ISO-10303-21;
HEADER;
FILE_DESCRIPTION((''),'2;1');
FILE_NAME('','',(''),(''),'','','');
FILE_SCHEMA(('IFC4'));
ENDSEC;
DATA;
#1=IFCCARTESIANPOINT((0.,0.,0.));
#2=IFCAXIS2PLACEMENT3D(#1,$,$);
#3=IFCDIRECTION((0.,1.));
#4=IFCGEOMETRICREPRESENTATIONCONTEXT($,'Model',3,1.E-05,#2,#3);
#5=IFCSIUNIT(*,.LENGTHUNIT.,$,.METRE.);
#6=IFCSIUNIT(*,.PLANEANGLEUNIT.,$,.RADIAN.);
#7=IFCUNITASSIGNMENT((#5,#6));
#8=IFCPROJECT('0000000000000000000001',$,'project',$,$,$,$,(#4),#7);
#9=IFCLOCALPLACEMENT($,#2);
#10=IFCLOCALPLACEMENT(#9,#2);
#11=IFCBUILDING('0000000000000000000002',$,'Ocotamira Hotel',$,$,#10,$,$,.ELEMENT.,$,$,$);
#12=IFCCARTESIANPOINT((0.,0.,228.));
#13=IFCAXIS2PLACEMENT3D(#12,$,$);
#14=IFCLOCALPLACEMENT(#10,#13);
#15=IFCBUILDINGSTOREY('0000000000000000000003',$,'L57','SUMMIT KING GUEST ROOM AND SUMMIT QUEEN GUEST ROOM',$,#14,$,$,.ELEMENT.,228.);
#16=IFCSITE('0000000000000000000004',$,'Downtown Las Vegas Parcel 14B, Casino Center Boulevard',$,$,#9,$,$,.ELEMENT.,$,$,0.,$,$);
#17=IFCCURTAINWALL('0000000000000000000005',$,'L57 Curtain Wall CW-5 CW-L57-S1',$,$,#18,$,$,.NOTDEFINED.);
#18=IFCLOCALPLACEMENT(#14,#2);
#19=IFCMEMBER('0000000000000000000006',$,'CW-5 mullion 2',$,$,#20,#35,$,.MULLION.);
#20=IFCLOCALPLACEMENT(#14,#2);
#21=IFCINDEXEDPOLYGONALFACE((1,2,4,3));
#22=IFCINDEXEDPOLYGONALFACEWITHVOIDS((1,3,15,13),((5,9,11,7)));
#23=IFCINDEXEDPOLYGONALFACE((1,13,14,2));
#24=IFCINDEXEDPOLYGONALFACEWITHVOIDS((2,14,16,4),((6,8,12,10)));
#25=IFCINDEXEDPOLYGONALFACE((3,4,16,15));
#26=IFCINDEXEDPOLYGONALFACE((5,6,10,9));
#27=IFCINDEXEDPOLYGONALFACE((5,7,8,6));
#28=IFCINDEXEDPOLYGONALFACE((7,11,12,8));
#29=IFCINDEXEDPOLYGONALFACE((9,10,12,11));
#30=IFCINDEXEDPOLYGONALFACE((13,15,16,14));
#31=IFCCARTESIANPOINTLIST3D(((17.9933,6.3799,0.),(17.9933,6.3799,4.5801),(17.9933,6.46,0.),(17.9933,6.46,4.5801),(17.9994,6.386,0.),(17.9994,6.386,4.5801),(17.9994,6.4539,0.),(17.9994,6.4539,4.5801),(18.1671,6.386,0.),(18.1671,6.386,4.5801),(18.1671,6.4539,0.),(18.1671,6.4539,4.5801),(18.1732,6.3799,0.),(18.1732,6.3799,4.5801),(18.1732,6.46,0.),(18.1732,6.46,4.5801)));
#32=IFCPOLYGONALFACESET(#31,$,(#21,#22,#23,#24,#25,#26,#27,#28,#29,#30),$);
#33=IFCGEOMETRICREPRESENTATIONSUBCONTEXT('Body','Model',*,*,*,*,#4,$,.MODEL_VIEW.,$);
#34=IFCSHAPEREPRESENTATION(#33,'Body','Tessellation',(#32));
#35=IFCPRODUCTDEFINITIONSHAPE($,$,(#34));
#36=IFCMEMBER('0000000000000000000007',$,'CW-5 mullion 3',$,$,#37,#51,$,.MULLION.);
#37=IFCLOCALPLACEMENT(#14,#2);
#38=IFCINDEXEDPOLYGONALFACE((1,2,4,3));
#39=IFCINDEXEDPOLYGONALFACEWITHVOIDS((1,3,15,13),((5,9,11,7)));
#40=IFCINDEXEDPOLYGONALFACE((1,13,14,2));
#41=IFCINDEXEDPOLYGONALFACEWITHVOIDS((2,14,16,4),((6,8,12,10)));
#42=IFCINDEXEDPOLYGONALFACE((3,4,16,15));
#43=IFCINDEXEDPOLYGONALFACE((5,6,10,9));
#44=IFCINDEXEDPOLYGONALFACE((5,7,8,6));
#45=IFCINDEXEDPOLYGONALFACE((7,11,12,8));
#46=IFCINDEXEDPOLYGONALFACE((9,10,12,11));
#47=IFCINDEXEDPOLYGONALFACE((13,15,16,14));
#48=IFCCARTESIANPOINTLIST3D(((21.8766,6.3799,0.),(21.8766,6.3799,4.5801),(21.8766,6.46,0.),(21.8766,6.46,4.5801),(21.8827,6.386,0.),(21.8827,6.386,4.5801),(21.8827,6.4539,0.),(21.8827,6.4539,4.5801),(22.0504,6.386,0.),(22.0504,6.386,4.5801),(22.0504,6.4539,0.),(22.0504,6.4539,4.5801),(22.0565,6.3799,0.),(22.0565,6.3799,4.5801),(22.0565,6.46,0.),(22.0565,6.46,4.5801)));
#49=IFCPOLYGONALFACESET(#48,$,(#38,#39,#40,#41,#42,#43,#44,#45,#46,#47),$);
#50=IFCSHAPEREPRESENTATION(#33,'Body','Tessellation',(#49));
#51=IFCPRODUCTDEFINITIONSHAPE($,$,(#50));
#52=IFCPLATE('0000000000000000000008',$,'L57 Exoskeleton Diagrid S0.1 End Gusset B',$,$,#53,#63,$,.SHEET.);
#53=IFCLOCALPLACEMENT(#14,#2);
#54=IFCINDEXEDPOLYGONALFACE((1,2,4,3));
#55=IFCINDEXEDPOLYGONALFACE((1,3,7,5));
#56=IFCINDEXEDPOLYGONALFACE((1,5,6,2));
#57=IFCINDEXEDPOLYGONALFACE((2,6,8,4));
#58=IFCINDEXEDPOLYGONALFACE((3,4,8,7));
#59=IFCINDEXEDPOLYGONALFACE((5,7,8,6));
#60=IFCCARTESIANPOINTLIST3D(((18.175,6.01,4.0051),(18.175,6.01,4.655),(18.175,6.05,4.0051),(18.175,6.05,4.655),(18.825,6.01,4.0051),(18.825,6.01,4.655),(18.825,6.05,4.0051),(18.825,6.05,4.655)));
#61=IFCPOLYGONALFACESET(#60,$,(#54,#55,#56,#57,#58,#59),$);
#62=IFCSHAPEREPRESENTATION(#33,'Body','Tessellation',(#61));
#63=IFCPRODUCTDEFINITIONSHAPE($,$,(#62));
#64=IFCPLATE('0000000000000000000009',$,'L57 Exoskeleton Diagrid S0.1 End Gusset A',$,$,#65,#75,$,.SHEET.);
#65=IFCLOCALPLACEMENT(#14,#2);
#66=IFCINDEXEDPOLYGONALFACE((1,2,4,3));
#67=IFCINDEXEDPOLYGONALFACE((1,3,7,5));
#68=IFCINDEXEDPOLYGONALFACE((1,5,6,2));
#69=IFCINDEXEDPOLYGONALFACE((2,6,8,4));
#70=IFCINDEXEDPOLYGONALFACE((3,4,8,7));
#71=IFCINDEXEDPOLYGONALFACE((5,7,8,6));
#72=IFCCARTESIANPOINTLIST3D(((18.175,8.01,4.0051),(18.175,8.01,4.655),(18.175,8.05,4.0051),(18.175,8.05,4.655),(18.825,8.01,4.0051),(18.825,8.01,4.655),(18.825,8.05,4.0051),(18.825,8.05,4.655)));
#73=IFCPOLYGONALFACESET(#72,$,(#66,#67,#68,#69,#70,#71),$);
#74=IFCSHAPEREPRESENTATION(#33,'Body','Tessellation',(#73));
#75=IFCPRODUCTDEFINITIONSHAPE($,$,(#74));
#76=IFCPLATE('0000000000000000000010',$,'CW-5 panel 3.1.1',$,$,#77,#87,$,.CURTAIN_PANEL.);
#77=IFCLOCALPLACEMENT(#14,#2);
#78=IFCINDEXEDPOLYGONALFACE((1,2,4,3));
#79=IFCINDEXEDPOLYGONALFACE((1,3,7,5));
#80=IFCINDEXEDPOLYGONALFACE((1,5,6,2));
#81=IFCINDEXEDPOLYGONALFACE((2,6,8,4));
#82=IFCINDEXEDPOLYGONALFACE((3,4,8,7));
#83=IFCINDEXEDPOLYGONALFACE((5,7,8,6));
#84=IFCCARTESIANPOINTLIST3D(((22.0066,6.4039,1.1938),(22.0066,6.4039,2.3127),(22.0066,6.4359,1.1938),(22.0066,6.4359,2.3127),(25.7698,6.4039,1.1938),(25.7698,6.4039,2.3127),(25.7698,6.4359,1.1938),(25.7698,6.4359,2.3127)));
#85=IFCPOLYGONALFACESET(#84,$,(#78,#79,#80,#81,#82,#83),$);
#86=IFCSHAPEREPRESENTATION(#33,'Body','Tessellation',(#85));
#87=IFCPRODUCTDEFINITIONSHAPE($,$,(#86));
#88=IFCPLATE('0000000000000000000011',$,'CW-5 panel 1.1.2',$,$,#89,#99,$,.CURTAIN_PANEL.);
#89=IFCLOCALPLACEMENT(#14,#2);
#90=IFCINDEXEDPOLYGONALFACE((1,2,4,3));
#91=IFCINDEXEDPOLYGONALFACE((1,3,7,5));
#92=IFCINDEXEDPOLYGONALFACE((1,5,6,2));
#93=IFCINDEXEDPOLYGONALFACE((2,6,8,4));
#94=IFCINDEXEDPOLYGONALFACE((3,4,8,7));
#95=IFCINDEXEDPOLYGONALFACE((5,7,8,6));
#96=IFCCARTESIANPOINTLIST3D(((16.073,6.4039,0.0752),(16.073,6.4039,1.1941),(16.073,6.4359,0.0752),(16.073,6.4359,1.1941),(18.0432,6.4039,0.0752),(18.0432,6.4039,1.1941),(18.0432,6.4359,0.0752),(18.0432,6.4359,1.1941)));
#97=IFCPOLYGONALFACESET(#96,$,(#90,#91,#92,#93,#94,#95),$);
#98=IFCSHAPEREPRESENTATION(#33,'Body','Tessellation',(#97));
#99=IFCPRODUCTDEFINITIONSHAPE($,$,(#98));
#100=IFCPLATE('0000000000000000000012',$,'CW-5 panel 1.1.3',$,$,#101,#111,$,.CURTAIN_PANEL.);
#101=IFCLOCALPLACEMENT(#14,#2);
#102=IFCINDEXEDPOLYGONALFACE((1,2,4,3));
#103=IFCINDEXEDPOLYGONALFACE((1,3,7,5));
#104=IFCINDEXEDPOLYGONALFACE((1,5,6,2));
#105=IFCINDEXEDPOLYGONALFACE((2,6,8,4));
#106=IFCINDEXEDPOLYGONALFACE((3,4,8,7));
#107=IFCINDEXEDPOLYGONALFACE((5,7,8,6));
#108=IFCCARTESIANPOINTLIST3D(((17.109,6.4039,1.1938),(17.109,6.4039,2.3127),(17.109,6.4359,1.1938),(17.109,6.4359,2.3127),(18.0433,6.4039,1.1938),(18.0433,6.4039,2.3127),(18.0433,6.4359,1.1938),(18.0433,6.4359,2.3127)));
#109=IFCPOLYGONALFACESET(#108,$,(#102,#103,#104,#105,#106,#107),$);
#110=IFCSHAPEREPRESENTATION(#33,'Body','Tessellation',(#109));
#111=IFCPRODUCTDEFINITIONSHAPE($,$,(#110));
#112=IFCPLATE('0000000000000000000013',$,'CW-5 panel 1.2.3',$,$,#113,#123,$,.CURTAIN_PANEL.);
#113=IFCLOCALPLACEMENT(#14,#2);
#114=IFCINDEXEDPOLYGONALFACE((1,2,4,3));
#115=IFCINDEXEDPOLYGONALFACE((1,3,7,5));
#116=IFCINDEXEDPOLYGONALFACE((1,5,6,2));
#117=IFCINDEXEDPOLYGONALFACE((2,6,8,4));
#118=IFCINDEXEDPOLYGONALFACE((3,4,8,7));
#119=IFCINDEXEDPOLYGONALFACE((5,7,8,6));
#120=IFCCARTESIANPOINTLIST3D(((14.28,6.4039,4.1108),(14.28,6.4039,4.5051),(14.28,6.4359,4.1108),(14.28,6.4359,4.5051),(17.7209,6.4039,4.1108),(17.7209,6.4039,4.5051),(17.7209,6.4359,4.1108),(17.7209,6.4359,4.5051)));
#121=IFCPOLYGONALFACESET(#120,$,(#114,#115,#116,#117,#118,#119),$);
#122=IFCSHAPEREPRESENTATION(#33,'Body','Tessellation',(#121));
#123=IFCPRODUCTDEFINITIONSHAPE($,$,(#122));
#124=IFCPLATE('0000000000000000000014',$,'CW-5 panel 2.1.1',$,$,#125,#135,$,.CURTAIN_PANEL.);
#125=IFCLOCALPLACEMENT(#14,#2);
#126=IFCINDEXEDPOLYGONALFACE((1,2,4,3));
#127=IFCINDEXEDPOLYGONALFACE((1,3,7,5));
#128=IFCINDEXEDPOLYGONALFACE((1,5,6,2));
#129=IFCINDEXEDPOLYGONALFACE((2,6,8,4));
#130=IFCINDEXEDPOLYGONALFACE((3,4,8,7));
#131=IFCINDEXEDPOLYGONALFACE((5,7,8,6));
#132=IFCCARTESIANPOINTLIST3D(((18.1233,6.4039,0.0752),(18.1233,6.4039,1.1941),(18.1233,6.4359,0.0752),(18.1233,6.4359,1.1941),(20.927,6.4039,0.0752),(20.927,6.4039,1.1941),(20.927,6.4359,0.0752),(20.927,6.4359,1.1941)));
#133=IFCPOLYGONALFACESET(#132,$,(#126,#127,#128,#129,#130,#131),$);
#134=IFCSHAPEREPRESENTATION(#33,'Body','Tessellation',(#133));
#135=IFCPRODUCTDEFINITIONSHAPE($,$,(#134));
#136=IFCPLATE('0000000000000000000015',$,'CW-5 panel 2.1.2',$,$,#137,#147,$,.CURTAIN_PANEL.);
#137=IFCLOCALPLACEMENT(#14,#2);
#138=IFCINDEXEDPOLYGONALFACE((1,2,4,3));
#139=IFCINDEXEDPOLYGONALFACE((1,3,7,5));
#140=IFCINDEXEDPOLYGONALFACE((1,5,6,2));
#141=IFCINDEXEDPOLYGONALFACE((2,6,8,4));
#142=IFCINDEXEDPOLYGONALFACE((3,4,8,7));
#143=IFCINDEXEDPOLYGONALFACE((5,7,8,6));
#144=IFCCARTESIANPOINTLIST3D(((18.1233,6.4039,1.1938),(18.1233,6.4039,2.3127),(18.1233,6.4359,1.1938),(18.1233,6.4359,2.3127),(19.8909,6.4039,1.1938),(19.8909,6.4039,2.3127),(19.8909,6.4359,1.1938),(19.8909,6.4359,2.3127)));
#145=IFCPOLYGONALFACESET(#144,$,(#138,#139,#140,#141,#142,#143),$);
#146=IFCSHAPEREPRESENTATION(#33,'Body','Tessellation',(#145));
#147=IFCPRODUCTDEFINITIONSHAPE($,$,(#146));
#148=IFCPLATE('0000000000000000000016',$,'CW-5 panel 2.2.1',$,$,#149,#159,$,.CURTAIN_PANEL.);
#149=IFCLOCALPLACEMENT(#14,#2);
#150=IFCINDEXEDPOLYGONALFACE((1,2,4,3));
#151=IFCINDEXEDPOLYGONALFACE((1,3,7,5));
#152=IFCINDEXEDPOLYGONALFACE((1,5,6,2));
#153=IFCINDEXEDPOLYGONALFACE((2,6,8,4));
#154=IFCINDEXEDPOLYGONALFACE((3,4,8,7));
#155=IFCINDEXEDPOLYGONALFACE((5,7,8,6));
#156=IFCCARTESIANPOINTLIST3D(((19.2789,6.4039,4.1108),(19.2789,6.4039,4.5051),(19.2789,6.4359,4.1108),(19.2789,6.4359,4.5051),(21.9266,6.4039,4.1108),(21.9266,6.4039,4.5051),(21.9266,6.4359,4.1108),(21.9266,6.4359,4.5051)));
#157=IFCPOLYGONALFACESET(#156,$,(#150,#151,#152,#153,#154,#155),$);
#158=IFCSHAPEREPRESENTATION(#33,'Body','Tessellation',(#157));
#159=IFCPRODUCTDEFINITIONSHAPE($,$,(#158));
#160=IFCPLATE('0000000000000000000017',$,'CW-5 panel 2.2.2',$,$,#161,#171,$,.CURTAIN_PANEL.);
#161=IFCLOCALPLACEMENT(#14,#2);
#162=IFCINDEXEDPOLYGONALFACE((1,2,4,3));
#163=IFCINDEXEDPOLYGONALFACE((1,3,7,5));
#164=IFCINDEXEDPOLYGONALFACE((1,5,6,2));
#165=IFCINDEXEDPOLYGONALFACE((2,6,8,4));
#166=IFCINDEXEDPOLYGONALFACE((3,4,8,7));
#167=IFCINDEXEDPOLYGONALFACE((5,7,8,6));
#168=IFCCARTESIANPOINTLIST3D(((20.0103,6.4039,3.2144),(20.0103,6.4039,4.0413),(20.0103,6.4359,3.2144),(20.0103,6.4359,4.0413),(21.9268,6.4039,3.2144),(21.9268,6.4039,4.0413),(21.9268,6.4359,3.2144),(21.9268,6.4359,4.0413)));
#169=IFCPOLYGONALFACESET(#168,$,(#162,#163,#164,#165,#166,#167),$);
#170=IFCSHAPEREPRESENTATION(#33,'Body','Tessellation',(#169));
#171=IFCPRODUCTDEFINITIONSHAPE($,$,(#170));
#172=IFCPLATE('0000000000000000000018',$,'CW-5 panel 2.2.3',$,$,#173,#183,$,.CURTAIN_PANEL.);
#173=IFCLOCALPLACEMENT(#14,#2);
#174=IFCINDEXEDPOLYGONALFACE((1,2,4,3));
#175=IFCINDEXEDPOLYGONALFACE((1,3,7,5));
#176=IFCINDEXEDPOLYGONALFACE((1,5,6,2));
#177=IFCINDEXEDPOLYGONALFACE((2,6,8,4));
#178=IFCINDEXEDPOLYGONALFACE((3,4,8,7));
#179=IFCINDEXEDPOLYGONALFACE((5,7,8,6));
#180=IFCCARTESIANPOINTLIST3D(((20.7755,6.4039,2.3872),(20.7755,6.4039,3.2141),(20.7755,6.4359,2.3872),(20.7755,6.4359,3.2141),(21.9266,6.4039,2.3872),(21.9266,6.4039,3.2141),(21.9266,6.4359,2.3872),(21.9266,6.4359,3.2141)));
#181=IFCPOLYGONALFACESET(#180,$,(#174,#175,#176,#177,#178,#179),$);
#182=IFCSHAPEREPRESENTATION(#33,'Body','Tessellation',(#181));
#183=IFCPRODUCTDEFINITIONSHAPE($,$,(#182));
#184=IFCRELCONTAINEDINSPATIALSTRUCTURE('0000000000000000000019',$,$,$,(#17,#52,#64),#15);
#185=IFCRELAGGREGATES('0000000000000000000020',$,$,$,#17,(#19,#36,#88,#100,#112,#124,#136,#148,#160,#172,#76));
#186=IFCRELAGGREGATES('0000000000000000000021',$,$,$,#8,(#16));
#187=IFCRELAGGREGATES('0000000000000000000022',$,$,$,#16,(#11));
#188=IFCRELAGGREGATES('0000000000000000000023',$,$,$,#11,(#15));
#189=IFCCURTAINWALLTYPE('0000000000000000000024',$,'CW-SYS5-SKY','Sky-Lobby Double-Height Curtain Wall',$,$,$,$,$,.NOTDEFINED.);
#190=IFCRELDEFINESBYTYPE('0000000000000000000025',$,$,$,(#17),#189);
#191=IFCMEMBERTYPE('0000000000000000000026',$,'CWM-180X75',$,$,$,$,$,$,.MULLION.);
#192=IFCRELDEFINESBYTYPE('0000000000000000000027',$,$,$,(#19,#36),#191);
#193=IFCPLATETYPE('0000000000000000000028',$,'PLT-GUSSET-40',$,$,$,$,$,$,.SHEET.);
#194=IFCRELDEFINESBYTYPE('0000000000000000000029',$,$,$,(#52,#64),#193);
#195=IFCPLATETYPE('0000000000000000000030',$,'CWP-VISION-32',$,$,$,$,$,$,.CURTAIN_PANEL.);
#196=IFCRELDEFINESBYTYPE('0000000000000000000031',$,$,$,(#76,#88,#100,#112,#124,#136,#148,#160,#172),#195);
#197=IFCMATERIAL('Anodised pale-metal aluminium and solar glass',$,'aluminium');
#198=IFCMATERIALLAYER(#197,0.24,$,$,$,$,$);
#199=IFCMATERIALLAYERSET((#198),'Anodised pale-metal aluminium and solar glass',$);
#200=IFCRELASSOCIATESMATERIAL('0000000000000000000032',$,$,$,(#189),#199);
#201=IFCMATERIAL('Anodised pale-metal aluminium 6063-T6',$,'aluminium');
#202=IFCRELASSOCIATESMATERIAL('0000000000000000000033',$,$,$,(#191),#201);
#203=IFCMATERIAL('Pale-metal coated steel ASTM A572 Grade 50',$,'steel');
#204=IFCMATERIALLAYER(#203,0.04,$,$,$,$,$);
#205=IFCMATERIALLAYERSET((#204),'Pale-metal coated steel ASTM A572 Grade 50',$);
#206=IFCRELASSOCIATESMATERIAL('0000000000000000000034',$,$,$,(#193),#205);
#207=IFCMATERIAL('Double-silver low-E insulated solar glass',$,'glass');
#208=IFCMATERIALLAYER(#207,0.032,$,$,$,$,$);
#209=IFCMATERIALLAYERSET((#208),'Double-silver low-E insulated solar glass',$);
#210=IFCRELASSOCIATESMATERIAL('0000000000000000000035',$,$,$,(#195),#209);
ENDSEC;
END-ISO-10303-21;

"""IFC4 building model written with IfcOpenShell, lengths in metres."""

from ifc_helpers import new_model, si_unit, direction, frame, origin, origin_2d, place, context, subcontext, project, spatial, rectangle, hollow_rectangle, extrude, source, transform, mapped, material, layer, layer_set, material_profile, profile_set, type_object, element, aggregate, save


model = new_model("IFC4")

# Units and contexts
model_context = context("Model", 3, precision=1e-05, world=origin(), true_north=direction((0.0, 1.0)))
body_context = subcontext(model_context, "Body", "Model", "MODEL_VIEW")
ifc_project = project(units=[si_unit("LENGTHUNIT", "METRE"), si_unit("PLANEANGLEUNIT", "RADIAN")], contexts=[model_context])

# Site, building, storey
site_placement = place(None, origin())
site = spatial("IfcSite", under=ifc_project, at=site_placement, Name="Downtown Las Vegas Parcel 14B, Casino Center Boulevard", CompositionType="ELEMENT", RefElevation=0.0)
building_placement = place(site_placement, origin())
building = spatial("IfcBuilding", under=site, at=building_placement, Name="Ocotamira Hotel", CompositionType="ELEMENT")
storey_placement = place(building_placement, frame((0.0, 0.0, 228.0)))
storey = spatial("IfcBuildingStorey", under=building, at=storey_placement, Name="L57", Description="SUMMIT KING GUEST ROOM AND SUMMIT QUEEN GUEST ROOM", CompositionType="ELEMENT", Elevation=228.0)

# Curtain wall, members
ifc_material_1 = material(Name="Anodised pale-metal aluminium and solar glass", Category="aluminium")
ifc_layer_1 = layer(ifc_material_1, 0.24)
ifc_layer_set_1 = layer_set([ifc_layer_1], Name="Anodised pale-metal aluminium and solar glass")
curtain_wall_type = type_object("IfcCurtainWallType", Name="CW-SYS5-SKY", Description="Sky-Lobby Double-Height Curtain Wall", PredefinedType="NOTDEFINED", material=ifc_layer_set_1)
curtain_wall_placement = place(storey_placement, origin())
curtain_wall = element("IfcCurtainWall", 1, at=curtain_wall_placement, inside=storey, type_object=curtain_wall_type, Name="L57 Curtain Wall CW-5 CW-L57-S1", PredefinedType="NOTDEFINED")
ifc_material_2 = material(Name="Anodised pale-metal aluminium 6063-T6", Category="aluminium")
ifc_material_profile_1 = material_profile(ifc_material_2, hollow_rectangle(XDim=0.0801, YDim=0.1799, WallThickness=0.0061, at=origin_2d()), Name="HSS180X80X6")
ifc_profile_set_1 = profile_set([ifc_material_profile_1], Name="Anodised pale-metal aluminium 6063-T6")
member_type_1 = type_object("IfcMemberType", Name="CWM-180X75", PredefinedType="MULLION", material=ifc_profile_set_1)
shared_shape_1 = source(origin(), body_context, "Body", "SweptSolid", [
    extrude(hollow_rectangle(XDim=0.0801, YDim=0.1799, WallThickness=0.0061, at=origin_2d()), origin(), (0.0, 0.0, 1.0), 4.5801),
])
member_1_placement = place(storey_placement, frame((18.0833, 6.4199, 0.0), z_axis=(0.0, 0.0, 1.0), x_axis=(0.0, 1.0, 0.0)))
member_1 = element("IfcMember", 2, at=member_1_placement, type_object=member_type_1, Name="CW-5 mullion 2", PredefinedType="MULLION", context=body_context, shape_type="MappedRepresentation", body=[
    mapped(shared_shape_1, transform((0.0, 0.0, 0.0), scale=1.0)),
])
member_2_placement = place(storey_placement, frame((21.9666, 6.4199, 0.0), z_axis=(0.0, 0.0, 1.0), x_axis=(0.0, 1.0, 0.0)))
member_2 = element("IfcMember", 3, at=member_2_placement, type_object=member_type_1, Name="CW-5 mullion 3", PredefinedType="MULLION", context=body_context, shape_type="MappedRepresentation", body=[
    mapped(shared_shape_1, transform((0.0, 0.0, 0.0), scale=1.0)),
])

# Plates
ifc_material_3 = material(Name="Pale-metal coated steel ASTM A572 Grade 50", Category="steel")
ifc_layer_2 = layer(ifc_material_3, 0.04)
ifc_layer_set_2 = layer_set([ifc_layer_2], Name="Pale-metal coated steel ASTM A572 Grade 50")
plate_type_1 = type_object("IfcPlateType", Name="PLT-GUSSET-40", PredefinedType="SHEET", material=ifc_layer_set_2)
shared_shape_2 = source(origin(), body_context, "Body", "SweptSolid", [
    extrude(rectangle(XDim=0.6499, YDim=0.04, at=origin_2d()), origin(), (0.0, 0.0, 1.0), 0.6499),
])
for number, where, z_axis, x_axis, name in (
    (4, (18.5, 6.03, 4.0051), (0.0, 0.0, 1.0), (1.0, 0.0, 0.0), "L57 Exoskeleton Diagrid S0.1 End Gusset B"),
    (5, (18.5, 8.03, 4.0051), (0.0, 0.0, 1.0), (-1.0, 0.0, 0.0), "L57 Exoskeleton Diagrid S0.1 End Gusset A"),
):
    element("IfcPlate", number, at=place(storey_placement, frame(where, z_axis=z_axis, x_axis=x_axis)), inside=storey, type_object=plate_type_1, Name=name, PredefinedType="SHEET", context=body_context, shape_type="MappedRepresentation", body=[
        mapped(shared_shape_2, transform((0.0, 0.0, 0.0), scale=1.0)),
    ])

# Plates
ifc_material_4 = material(Name="Double-silver low-E insulated solar glass", Category="glass")
ifc_layer_3 = layer(ifc_material_4, 0.032)
ifc_layer_set_3 = layer_set([ifc_layer_3], Name="Double-silver low-E insulated solar glass")
plate_type_2 = type_object("IfcPlateType", Name="CWP-VISION-32", PredefinedType="CURTAIN_PANEL", material=ifc_layer_set_3)
shared_shape_3 = source(origin(), body_context, "Body", "SweptSolid", [
    extrude(rectangle(XDim=3.7632, YDim=0.032, at=origin_2d()), origin(), (0.0, 0.0, 1.0), 1.1189),
])
plate_1_placement = place(storey_placement, frame((23.8882, 6.4199, 1.1938), z_axis=(0.0, 0.0, 1.0), x_axis=(1.0, 0.0, 0.0)))
plate_1 = element("IfcPlate", 6, at=plate_1_placement, type_object=plate_type_2, Name="CW-5 panel 3.1.1", PredefinedType="CURTAIN_PANEL", context=body_context, shape_type="MappedRepresentation", body=[
    mapped(shared_shape_3, transform((0.0, 0.0, 0.0), scale=1.0)),
])
shared_shape_4 = source(origin(), body_context, "Body", "SweptSolid", [
    extrude(rectangle(XDim=1.9702, YDim=0.032, at=origin_2d()), origin(), (0.0, 0.0, 1.0), 1.1189),
])
plate_2_placement = place(storey_placement, frame((17.0581, 6.4199, 0.0752), z_axis=(0.0, 0.0, 1.0), x_axis=(1.0, 0.0, 0.0)))
plate_2 = element("IfcPlate", 7, at=plate_2_placement, type_object=plate_type_2, Name="CW-5 panel 1.1.2", PredefinedType="CURTAIN_PANEL", context=body_context, shape_type="MappedRepresentation", body=[
    mapped(shared_shape_4, transform((0.0, 0.0, 0.0), scale=1.0)),
])
shared_shape_5 = source(origin(), body_context, "Body", "SweptSolid", [
    extrude(rectangle(XDim=0.9343, YDim=0.032, at=origin_2d()), origin(), (0.0, 0.0, 1.0), 1.1189),
])
plate_3_placement = place(storey_placement, frame((17.5762, 6.4199, 1.1938), z_axis=(0.0, 0.0, 1.0), x_axis=(1.0, 0.0, 0.0)))
plate_3 = element("IfcPlate", 8, at=plate_3_placement, type_object=plate_type_2, Name="CW-5 panel 1.1.3", PredefinedType="CURTAIN_PANEL", context=body_context, shape_type="MappedRepresentation", body=[
    mapped(shared_shape_5, transform((0.0, 0.0, 0.0), scale=1.0)),
])
shared_shape_6 = source(origin(), body_context, "Body", "SweptSolid", [
    extrude(rectangle(XDim=3.4409, YDim=0.032, at=origin_2d()), origin(), (0.0, 0.0, 1.0), 0.3943),
])
plate_4_placement = place(storey_placement, frame((16.0005, 6.4199, 4.1108), z_axis=(0.0, 0.0, 1.0), x_axis=(1.0, 0.0, 0.0)))
plate_4 = element("IfcPlate", 9, at=plate_4_placement, type_object=plate_type_2, Name="CW-5 panel 1.2.3", PredefinedType="CURTAIN_PANEL", context=body_context, shape_type="MappedRepresentation", body=[
    mapped(shared_shape_6, transform((0.0, 0.0, 0.0), scale=1.0)),
])
shared_shape_7 = source(origin(), body_context, "Body", "SweptSolid", [
    extrude(rectangle(XDim=2.8037, YDim=0.032, at=origin_2d()), origin(), (0.0, 0.0, 1.0), 1.1189),
])
plate_5_placement = place(storey_placement, frame((19.5251, 6.4199, 0.0752), z_axis=(0.0, 0.0, 1.0), x_axis=(1.0, 0.0, 0.0)))
plate_5 = element("IfcPlate", 10, at=plate_5_placement, type_object=plate_type_2, Name="CW-5 panel 2.1.1", PredefinedType="CURTAIN_PANEL", context=body_context, shape_type="MappedRepresentation", body=[
    mapped(shared_shape_7, transform((0.0, 0.0, 0.0), scale=1.0)),
])
shared_shape_8 = source(origin(), body_context, "Body", "SweptSolid", [
    extrude(rectangle(XDim=1.7676, YDim=0.032, at=origin_2d()), origin(), (0.0, 0.0, 1.0), 1.1189),
])
plate_6_placement = place(storey_placement, frame((19.0071, 6.4199, 1.1938), z_axis=(0.0, 0.0, 1.0), x_axis=(1.0, 0.0, 0.0)))
plate_6 = element("IfcPlate", 11, at=plate_6_placement, type_object=plate_type_2, Name="CW-5 panel 2.1.2", PredefinedType="CURTAIN_PANEL", context=body_context, shape_type="MappedRepresentation", body=[
    mapped(shared_shape_8, transform((0.0, 0.0, 0.0), scale=1.0)),
])
shared_shape_9 = source(origin(), body_context, "Body", "SweptSolid", [
    extrude(rectangle(XDim=2.6477, YDim=0.032, at=origin_2d()), origin(), (0.0, 0.0, 1.0), 0.3943),
])
plate_7_placement = place(storey_placement, frame((20.6028, 6.4199, 4.1108), z_axis=(0.0, 0.0, 1.0), x_axis=(1.0, 0.0, 0.0)))
plate_7 = element("IfcPlate", 12, at=plate_7_placement, type_object=plate_type_2, Name="CW-5 panel 2.2.1", PredefinedType="CURTAIN_PANEL", context=body_context, shape_type="MappedRepresentation", body=[
    mapped(shared_shape_9, transform((0.0, 0.0, 0.0), scale=1.0)),
])
shared_shape_10 = source(origin(), body_context, "Body", "SweptSolid", [
    extrude(rectangle(XDim=1.9165, YDim=0.032, at=origin_2d()), origin(), (0.0, 0.0, 1.0), 0.8269),
])
plate_8_placement = place(storey_placement, frame((20.9685, 6.4199, 3.2144), z_axis=(0.0, 0.0, 1.0), x_axis=(1.0, 0.0, 0.0)))
plate_8 = element("IfcPlate", 13, at=plate_8_placement, type_object=plate_type_2, Name="CW-5 panel 2.2.2", PredefinedType="CURTAIN_PANEL", context=body_context, shape_type="MappedRepresentation", body=[
    mapped(shared_shape_10, transform((0.0, 0.0, 0.0), scale=1.0)),
])
shared_shape_11 = source(origin(), body_context, "Body", "SweptSolid", [
    extrude(rectangle(XDim=1.1511, YDim=0.032, at=origin_2d()), origin(), (0.0, 0.0, 1.0), 0.8269),
])
plate_9_placement = place(storey_placement, frame((21.3511, 6.4199, 2.3872), z_axis=(0.0, 0.0, 1.0), x_axis=(1.0, 0.0, 0.0)))
plate_9 = element("IfcPlate", 14, at=plate_9_placement, type_object=plate_type_2, Name="CW-5 panel 2.2.3", PredefinedType="CURTAIN_PANEL", context=body_context, shape_type="MappedRepresentation", body=[
    mapped(shared_shape_11, transform((0.0, 0.0, 0.0), scale=1.0)),
])
aggregate(curtain_wall, [member_1, member_2, plate_2, plate_3, plate_4, plate_5, plate_6, plate_7, plate_8, plate_9, plate_1])

save(model, "model.ifc")
